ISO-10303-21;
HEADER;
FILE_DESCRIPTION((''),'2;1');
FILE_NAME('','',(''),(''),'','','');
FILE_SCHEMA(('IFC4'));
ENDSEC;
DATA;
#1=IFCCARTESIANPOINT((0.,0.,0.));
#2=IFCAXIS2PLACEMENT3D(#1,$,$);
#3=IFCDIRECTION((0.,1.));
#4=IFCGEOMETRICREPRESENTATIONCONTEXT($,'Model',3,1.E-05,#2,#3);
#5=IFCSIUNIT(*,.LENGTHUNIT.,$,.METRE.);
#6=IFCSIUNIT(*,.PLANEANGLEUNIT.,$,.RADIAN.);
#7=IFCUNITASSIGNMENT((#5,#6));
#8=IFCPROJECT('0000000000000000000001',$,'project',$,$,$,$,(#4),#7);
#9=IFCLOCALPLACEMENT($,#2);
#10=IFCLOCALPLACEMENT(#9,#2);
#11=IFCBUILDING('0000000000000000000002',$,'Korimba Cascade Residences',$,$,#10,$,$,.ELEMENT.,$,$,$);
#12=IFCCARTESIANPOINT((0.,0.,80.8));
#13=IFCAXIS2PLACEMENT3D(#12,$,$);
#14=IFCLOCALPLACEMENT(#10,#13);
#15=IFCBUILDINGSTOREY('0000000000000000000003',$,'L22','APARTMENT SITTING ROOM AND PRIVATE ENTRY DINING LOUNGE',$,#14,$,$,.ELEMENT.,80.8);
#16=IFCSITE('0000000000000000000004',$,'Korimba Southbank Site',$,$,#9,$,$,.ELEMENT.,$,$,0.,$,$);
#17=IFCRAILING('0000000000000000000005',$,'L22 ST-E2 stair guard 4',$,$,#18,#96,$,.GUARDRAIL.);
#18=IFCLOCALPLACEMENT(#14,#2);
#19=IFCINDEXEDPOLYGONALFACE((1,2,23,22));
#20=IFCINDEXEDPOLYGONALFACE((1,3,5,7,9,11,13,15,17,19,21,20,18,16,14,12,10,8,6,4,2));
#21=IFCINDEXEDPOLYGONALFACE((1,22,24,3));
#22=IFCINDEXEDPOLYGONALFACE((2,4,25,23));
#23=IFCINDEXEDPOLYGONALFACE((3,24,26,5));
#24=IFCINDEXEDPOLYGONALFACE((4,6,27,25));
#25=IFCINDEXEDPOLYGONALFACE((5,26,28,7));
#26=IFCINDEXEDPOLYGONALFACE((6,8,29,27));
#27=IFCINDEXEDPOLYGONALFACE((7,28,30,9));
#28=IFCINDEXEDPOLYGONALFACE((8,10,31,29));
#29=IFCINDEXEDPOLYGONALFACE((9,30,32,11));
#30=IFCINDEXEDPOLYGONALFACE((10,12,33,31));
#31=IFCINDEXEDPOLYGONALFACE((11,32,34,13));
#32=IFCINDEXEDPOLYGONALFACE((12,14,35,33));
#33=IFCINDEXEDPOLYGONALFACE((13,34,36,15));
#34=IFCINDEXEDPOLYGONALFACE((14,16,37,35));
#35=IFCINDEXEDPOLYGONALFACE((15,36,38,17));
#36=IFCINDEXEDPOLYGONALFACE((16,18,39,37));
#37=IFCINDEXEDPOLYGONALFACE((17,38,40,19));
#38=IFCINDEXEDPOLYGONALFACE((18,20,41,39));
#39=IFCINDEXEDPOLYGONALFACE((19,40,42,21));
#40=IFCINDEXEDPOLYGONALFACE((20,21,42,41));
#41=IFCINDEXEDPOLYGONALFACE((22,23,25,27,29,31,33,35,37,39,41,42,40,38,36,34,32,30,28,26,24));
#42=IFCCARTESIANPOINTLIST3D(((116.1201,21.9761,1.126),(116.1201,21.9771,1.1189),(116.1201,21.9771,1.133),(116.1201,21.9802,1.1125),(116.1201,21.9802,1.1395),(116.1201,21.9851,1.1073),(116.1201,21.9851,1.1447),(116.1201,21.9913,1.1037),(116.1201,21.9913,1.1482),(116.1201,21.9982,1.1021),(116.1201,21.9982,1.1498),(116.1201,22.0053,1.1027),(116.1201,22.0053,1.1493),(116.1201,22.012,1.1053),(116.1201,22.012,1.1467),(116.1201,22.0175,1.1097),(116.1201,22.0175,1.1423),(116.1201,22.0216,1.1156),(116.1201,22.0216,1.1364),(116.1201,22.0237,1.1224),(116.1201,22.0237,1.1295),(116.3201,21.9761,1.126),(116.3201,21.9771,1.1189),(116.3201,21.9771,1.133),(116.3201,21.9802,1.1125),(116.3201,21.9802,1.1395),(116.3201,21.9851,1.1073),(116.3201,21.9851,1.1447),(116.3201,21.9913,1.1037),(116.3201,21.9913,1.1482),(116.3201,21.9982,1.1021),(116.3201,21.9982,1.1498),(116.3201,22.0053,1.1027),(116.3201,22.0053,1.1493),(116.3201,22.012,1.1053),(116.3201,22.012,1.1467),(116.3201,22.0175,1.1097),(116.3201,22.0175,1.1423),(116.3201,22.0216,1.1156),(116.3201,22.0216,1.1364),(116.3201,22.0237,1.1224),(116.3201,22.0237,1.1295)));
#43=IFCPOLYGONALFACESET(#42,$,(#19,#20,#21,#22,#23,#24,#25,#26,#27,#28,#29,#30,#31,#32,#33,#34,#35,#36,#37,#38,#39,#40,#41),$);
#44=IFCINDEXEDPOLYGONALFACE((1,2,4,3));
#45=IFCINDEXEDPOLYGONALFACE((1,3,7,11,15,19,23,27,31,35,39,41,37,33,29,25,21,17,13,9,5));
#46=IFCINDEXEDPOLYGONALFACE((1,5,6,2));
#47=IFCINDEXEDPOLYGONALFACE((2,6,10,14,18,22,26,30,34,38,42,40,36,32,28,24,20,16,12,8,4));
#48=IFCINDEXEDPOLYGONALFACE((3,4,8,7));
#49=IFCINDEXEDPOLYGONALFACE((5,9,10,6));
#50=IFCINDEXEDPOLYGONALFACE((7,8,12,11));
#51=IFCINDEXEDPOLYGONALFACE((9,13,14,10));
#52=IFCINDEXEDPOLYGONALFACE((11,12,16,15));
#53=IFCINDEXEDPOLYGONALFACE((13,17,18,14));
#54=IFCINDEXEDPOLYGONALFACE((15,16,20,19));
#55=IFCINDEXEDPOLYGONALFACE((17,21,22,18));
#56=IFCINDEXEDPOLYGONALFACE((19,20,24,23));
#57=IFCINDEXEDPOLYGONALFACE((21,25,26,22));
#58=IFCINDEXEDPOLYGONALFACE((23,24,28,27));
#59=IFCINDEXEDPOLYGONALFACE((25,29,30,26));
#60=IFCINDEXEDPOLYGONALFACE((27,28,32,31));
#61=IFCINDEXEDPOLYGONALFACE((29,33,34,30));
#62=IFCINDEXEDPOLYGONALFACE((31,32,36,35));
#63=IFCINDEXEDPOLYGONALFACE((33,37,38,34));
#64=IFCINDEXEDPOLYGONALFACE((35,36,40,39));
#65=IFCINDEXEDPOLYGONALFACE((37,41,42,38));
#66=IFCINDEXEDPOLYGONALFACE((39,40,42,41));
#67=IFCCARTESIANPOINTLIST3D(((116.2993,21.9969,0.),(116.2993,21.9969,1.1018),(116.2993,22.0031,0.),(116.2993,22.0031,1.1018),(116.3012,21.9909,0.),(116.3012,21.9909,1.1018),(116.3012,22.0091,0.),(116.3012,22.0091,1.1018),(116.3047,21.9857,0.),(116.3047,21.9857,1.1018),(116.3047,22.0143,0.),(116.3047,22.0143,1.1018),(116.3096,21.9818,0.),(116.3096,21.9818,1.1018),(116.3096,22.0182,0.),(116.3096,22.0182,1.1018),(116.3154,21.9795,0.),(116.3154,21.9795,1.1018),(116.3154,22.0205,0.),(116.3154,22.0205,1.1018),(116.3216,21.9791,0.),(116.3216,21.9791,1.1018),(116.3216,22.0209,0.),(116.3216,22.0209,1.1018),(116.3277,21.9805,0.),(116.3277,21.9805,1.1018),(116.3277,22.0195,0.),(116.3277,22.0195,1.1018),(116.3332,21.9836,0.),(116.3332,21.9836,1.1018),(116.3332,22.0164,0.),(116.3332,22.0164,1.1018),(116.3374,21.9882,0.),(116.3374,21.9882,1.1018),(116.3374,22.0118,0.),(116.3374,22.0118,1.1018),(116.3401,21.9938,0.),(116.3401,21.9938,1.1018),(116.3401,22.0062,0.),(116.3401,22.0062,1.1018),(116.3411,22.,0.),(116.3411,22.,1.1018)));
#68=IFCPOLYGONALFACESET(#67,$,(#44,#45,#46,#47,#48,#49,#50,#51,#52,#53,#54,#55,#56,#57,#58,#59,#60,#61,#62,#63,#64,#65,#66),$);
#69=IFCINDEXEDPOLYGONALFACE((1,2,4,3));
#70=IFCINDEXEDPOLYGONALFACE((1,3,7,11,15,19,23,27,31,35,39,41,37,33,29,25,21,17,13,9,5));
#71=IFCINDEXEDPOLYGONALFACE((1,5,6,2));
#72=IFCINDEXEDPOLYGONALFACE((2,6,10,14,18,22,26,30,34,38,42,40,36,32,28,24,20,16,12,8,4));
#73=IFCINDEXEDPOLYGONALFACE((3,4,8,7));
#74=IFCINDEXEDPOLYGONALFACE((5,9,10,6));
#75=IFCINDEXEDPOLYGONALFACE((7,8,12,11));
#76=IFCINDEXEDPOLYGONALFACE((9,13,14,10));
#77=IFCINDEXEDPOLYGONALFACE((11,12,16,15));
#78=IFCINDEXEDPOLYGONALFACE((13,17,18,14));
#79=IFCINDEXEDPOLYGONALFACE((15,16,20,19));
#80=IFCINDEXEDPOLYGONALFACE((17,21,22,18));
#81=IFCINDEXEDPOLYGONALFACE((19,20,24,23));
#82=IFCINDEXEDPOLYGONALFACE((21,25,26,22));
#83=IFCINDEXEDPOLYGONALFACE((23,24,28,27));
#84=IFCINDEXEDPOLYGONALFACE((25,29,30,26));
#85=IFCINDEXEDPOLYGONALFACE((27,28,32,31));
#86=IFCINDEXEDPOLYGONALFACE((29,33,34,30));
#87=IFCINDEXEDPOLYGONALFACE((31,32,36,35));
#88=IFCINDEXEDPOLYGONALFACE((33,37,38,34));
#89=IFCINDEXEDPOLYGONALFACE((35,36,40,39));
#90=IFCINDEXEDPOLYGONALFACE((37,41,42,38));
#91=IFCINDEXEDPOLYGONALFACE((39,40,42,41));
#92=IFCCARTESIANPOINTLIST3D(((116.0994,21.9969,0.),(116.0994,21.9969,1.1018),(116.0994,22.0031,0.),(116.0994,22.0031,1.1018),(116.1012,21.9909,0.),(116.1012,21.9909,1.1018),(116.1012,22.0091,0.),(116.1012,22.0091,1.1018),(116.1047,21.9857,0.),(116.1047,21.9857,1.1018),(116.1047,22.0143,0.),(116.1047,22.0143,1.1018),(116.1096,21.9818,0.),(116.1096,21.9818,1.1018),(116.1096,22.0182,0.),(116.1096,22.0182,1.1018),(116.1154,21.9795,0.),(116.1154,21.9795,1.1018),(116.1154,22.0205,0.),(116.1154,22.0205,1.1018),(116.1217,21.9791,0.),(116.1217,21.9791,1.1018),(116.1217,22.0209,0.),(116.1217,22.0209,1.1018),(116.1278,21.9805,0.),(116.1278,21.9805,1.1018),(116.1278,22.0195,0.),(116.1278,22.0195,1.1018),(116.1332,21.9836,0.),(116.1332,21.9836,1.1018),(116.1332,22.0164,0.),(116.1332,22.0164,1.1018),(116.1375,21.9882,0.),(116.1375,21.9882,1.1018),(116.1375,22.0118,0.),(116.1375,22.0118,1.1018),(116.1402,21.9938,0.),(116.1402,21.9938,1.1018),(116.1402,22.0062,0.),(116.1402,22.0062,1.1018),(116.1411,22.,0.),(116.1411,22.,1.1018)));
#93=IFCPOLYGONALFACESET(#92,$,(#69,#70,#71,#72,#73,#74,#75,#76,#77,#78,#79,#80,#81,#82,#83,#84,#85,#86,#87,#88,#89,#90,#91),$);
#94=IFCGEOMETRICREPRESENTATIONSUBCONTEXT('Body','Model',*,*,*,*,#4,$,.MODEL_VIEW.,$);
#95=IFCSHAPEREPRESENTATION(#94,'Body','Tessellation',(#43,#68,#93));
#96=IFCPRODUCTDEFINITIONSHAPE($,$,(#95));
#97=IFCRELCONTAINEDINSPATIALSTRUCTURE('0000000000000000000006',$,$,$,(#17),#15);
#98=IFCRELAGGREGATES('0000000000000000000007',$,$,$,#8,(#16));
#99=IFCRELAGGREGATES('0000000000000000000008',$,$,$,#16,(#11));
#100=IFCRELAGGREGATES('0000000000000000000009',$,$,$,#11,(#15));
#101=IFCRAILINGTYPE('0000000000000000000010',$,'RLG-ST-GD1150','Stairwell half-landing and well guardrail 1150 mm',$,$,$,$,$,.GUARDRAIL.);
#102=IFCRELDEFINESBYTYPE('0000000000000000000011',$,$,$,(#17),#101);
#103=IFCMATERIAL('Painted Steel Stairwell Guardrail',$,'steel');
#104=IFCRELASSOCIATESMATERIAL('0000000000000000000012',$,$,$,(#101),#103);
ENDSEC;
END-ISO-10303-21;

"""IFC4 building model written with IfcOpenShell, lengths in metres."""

from ifc_helpers import new_model, si_unit, direction, frame, origin, origin_2d, place, context, subcontext, project, spatial, circle, extrude, material, type_object, element, save


model = new_model("IFC4")

# Units and contexts
model_context = context("Model", 3, precision=1e-05, world=origin(), true_north=direction((0.0, 1.0)))
body_context = subcontext(model_context, "Body", "Model", "MODEL_VIEW")
ifc_project = project(units=[si_unit("LENGTHUNIT", "METRE"), si_unit("PLANEANGLEUNIT", "RADIAN")], contexts=[model_context])

# Site, building, storey
site_placement = place(None, origin())
site = spatial("IfcSite", under=ifc_project, at=site_placement, Name="Korimba Southbank Site", CompositionType="ELEMENT", RefElevation=0.0)
building_placement = place(site_placement, origin())
building = spatial("IfcBuilding", under=site, at=building_placement, Name="Korimba Cascade Residences", CompositionType="ELEMENT")
storey_placement = place(building_placement, frame((0.0, 0.0, 80.8)))
storey = spatial("IfcBuildingStorey", under=building, at=storey_placement, Name="L22", Description="APARTMENT SITTING ROOM AND PRIVATE ENTRY DINING LOUNGE", CompositionType="ELEMENT", Elevation=80.8)

# Railing
ifc_material_1 = material(Name="Painted Steel Stairwell Guardrail", Category="steel")
railing_type_1 = type_object("IfcRailingType", Name="RLG-ST-GD1150", Description="Stairwell half-landing and well guardrail 1150 mm", PredefinedType="GUARDRAIL", material=ifc_material_1)
railing_1_placement = place(storey_placement, frame((116.3201, 22.0, 0.0)))
element("IfcRailing", 1, at=railing_1_placement, inside=storey, type_object=railing_type_1, Name="L22 ST-E2 stair guard 4", PredefinedType="GUARDRAIL", context=body_context, shape_type="SweptSolid", body=[
    extrude(circle(Radius=0.0239, at=origin_2d()), frame((0.0, 0.0, 1.126), z_axis=(-1.0, 0.0, 0.0), x_axis=(0.0, -1.0, 0.0)), (0.0, 0.0, 1.0), 0.2),
    extrude(circle(Radius=0.021, at=origin_2d()), origin(), (0.0, 0.0, 1.0), 1.1018),
    extrude(circle(Radius=0.021, at=origin_2d()), frame((-0.2, 0.0, 0.0)), (0.0, 0.0, 1.0), 1.1018),
])

save(model, "model.ifc")
